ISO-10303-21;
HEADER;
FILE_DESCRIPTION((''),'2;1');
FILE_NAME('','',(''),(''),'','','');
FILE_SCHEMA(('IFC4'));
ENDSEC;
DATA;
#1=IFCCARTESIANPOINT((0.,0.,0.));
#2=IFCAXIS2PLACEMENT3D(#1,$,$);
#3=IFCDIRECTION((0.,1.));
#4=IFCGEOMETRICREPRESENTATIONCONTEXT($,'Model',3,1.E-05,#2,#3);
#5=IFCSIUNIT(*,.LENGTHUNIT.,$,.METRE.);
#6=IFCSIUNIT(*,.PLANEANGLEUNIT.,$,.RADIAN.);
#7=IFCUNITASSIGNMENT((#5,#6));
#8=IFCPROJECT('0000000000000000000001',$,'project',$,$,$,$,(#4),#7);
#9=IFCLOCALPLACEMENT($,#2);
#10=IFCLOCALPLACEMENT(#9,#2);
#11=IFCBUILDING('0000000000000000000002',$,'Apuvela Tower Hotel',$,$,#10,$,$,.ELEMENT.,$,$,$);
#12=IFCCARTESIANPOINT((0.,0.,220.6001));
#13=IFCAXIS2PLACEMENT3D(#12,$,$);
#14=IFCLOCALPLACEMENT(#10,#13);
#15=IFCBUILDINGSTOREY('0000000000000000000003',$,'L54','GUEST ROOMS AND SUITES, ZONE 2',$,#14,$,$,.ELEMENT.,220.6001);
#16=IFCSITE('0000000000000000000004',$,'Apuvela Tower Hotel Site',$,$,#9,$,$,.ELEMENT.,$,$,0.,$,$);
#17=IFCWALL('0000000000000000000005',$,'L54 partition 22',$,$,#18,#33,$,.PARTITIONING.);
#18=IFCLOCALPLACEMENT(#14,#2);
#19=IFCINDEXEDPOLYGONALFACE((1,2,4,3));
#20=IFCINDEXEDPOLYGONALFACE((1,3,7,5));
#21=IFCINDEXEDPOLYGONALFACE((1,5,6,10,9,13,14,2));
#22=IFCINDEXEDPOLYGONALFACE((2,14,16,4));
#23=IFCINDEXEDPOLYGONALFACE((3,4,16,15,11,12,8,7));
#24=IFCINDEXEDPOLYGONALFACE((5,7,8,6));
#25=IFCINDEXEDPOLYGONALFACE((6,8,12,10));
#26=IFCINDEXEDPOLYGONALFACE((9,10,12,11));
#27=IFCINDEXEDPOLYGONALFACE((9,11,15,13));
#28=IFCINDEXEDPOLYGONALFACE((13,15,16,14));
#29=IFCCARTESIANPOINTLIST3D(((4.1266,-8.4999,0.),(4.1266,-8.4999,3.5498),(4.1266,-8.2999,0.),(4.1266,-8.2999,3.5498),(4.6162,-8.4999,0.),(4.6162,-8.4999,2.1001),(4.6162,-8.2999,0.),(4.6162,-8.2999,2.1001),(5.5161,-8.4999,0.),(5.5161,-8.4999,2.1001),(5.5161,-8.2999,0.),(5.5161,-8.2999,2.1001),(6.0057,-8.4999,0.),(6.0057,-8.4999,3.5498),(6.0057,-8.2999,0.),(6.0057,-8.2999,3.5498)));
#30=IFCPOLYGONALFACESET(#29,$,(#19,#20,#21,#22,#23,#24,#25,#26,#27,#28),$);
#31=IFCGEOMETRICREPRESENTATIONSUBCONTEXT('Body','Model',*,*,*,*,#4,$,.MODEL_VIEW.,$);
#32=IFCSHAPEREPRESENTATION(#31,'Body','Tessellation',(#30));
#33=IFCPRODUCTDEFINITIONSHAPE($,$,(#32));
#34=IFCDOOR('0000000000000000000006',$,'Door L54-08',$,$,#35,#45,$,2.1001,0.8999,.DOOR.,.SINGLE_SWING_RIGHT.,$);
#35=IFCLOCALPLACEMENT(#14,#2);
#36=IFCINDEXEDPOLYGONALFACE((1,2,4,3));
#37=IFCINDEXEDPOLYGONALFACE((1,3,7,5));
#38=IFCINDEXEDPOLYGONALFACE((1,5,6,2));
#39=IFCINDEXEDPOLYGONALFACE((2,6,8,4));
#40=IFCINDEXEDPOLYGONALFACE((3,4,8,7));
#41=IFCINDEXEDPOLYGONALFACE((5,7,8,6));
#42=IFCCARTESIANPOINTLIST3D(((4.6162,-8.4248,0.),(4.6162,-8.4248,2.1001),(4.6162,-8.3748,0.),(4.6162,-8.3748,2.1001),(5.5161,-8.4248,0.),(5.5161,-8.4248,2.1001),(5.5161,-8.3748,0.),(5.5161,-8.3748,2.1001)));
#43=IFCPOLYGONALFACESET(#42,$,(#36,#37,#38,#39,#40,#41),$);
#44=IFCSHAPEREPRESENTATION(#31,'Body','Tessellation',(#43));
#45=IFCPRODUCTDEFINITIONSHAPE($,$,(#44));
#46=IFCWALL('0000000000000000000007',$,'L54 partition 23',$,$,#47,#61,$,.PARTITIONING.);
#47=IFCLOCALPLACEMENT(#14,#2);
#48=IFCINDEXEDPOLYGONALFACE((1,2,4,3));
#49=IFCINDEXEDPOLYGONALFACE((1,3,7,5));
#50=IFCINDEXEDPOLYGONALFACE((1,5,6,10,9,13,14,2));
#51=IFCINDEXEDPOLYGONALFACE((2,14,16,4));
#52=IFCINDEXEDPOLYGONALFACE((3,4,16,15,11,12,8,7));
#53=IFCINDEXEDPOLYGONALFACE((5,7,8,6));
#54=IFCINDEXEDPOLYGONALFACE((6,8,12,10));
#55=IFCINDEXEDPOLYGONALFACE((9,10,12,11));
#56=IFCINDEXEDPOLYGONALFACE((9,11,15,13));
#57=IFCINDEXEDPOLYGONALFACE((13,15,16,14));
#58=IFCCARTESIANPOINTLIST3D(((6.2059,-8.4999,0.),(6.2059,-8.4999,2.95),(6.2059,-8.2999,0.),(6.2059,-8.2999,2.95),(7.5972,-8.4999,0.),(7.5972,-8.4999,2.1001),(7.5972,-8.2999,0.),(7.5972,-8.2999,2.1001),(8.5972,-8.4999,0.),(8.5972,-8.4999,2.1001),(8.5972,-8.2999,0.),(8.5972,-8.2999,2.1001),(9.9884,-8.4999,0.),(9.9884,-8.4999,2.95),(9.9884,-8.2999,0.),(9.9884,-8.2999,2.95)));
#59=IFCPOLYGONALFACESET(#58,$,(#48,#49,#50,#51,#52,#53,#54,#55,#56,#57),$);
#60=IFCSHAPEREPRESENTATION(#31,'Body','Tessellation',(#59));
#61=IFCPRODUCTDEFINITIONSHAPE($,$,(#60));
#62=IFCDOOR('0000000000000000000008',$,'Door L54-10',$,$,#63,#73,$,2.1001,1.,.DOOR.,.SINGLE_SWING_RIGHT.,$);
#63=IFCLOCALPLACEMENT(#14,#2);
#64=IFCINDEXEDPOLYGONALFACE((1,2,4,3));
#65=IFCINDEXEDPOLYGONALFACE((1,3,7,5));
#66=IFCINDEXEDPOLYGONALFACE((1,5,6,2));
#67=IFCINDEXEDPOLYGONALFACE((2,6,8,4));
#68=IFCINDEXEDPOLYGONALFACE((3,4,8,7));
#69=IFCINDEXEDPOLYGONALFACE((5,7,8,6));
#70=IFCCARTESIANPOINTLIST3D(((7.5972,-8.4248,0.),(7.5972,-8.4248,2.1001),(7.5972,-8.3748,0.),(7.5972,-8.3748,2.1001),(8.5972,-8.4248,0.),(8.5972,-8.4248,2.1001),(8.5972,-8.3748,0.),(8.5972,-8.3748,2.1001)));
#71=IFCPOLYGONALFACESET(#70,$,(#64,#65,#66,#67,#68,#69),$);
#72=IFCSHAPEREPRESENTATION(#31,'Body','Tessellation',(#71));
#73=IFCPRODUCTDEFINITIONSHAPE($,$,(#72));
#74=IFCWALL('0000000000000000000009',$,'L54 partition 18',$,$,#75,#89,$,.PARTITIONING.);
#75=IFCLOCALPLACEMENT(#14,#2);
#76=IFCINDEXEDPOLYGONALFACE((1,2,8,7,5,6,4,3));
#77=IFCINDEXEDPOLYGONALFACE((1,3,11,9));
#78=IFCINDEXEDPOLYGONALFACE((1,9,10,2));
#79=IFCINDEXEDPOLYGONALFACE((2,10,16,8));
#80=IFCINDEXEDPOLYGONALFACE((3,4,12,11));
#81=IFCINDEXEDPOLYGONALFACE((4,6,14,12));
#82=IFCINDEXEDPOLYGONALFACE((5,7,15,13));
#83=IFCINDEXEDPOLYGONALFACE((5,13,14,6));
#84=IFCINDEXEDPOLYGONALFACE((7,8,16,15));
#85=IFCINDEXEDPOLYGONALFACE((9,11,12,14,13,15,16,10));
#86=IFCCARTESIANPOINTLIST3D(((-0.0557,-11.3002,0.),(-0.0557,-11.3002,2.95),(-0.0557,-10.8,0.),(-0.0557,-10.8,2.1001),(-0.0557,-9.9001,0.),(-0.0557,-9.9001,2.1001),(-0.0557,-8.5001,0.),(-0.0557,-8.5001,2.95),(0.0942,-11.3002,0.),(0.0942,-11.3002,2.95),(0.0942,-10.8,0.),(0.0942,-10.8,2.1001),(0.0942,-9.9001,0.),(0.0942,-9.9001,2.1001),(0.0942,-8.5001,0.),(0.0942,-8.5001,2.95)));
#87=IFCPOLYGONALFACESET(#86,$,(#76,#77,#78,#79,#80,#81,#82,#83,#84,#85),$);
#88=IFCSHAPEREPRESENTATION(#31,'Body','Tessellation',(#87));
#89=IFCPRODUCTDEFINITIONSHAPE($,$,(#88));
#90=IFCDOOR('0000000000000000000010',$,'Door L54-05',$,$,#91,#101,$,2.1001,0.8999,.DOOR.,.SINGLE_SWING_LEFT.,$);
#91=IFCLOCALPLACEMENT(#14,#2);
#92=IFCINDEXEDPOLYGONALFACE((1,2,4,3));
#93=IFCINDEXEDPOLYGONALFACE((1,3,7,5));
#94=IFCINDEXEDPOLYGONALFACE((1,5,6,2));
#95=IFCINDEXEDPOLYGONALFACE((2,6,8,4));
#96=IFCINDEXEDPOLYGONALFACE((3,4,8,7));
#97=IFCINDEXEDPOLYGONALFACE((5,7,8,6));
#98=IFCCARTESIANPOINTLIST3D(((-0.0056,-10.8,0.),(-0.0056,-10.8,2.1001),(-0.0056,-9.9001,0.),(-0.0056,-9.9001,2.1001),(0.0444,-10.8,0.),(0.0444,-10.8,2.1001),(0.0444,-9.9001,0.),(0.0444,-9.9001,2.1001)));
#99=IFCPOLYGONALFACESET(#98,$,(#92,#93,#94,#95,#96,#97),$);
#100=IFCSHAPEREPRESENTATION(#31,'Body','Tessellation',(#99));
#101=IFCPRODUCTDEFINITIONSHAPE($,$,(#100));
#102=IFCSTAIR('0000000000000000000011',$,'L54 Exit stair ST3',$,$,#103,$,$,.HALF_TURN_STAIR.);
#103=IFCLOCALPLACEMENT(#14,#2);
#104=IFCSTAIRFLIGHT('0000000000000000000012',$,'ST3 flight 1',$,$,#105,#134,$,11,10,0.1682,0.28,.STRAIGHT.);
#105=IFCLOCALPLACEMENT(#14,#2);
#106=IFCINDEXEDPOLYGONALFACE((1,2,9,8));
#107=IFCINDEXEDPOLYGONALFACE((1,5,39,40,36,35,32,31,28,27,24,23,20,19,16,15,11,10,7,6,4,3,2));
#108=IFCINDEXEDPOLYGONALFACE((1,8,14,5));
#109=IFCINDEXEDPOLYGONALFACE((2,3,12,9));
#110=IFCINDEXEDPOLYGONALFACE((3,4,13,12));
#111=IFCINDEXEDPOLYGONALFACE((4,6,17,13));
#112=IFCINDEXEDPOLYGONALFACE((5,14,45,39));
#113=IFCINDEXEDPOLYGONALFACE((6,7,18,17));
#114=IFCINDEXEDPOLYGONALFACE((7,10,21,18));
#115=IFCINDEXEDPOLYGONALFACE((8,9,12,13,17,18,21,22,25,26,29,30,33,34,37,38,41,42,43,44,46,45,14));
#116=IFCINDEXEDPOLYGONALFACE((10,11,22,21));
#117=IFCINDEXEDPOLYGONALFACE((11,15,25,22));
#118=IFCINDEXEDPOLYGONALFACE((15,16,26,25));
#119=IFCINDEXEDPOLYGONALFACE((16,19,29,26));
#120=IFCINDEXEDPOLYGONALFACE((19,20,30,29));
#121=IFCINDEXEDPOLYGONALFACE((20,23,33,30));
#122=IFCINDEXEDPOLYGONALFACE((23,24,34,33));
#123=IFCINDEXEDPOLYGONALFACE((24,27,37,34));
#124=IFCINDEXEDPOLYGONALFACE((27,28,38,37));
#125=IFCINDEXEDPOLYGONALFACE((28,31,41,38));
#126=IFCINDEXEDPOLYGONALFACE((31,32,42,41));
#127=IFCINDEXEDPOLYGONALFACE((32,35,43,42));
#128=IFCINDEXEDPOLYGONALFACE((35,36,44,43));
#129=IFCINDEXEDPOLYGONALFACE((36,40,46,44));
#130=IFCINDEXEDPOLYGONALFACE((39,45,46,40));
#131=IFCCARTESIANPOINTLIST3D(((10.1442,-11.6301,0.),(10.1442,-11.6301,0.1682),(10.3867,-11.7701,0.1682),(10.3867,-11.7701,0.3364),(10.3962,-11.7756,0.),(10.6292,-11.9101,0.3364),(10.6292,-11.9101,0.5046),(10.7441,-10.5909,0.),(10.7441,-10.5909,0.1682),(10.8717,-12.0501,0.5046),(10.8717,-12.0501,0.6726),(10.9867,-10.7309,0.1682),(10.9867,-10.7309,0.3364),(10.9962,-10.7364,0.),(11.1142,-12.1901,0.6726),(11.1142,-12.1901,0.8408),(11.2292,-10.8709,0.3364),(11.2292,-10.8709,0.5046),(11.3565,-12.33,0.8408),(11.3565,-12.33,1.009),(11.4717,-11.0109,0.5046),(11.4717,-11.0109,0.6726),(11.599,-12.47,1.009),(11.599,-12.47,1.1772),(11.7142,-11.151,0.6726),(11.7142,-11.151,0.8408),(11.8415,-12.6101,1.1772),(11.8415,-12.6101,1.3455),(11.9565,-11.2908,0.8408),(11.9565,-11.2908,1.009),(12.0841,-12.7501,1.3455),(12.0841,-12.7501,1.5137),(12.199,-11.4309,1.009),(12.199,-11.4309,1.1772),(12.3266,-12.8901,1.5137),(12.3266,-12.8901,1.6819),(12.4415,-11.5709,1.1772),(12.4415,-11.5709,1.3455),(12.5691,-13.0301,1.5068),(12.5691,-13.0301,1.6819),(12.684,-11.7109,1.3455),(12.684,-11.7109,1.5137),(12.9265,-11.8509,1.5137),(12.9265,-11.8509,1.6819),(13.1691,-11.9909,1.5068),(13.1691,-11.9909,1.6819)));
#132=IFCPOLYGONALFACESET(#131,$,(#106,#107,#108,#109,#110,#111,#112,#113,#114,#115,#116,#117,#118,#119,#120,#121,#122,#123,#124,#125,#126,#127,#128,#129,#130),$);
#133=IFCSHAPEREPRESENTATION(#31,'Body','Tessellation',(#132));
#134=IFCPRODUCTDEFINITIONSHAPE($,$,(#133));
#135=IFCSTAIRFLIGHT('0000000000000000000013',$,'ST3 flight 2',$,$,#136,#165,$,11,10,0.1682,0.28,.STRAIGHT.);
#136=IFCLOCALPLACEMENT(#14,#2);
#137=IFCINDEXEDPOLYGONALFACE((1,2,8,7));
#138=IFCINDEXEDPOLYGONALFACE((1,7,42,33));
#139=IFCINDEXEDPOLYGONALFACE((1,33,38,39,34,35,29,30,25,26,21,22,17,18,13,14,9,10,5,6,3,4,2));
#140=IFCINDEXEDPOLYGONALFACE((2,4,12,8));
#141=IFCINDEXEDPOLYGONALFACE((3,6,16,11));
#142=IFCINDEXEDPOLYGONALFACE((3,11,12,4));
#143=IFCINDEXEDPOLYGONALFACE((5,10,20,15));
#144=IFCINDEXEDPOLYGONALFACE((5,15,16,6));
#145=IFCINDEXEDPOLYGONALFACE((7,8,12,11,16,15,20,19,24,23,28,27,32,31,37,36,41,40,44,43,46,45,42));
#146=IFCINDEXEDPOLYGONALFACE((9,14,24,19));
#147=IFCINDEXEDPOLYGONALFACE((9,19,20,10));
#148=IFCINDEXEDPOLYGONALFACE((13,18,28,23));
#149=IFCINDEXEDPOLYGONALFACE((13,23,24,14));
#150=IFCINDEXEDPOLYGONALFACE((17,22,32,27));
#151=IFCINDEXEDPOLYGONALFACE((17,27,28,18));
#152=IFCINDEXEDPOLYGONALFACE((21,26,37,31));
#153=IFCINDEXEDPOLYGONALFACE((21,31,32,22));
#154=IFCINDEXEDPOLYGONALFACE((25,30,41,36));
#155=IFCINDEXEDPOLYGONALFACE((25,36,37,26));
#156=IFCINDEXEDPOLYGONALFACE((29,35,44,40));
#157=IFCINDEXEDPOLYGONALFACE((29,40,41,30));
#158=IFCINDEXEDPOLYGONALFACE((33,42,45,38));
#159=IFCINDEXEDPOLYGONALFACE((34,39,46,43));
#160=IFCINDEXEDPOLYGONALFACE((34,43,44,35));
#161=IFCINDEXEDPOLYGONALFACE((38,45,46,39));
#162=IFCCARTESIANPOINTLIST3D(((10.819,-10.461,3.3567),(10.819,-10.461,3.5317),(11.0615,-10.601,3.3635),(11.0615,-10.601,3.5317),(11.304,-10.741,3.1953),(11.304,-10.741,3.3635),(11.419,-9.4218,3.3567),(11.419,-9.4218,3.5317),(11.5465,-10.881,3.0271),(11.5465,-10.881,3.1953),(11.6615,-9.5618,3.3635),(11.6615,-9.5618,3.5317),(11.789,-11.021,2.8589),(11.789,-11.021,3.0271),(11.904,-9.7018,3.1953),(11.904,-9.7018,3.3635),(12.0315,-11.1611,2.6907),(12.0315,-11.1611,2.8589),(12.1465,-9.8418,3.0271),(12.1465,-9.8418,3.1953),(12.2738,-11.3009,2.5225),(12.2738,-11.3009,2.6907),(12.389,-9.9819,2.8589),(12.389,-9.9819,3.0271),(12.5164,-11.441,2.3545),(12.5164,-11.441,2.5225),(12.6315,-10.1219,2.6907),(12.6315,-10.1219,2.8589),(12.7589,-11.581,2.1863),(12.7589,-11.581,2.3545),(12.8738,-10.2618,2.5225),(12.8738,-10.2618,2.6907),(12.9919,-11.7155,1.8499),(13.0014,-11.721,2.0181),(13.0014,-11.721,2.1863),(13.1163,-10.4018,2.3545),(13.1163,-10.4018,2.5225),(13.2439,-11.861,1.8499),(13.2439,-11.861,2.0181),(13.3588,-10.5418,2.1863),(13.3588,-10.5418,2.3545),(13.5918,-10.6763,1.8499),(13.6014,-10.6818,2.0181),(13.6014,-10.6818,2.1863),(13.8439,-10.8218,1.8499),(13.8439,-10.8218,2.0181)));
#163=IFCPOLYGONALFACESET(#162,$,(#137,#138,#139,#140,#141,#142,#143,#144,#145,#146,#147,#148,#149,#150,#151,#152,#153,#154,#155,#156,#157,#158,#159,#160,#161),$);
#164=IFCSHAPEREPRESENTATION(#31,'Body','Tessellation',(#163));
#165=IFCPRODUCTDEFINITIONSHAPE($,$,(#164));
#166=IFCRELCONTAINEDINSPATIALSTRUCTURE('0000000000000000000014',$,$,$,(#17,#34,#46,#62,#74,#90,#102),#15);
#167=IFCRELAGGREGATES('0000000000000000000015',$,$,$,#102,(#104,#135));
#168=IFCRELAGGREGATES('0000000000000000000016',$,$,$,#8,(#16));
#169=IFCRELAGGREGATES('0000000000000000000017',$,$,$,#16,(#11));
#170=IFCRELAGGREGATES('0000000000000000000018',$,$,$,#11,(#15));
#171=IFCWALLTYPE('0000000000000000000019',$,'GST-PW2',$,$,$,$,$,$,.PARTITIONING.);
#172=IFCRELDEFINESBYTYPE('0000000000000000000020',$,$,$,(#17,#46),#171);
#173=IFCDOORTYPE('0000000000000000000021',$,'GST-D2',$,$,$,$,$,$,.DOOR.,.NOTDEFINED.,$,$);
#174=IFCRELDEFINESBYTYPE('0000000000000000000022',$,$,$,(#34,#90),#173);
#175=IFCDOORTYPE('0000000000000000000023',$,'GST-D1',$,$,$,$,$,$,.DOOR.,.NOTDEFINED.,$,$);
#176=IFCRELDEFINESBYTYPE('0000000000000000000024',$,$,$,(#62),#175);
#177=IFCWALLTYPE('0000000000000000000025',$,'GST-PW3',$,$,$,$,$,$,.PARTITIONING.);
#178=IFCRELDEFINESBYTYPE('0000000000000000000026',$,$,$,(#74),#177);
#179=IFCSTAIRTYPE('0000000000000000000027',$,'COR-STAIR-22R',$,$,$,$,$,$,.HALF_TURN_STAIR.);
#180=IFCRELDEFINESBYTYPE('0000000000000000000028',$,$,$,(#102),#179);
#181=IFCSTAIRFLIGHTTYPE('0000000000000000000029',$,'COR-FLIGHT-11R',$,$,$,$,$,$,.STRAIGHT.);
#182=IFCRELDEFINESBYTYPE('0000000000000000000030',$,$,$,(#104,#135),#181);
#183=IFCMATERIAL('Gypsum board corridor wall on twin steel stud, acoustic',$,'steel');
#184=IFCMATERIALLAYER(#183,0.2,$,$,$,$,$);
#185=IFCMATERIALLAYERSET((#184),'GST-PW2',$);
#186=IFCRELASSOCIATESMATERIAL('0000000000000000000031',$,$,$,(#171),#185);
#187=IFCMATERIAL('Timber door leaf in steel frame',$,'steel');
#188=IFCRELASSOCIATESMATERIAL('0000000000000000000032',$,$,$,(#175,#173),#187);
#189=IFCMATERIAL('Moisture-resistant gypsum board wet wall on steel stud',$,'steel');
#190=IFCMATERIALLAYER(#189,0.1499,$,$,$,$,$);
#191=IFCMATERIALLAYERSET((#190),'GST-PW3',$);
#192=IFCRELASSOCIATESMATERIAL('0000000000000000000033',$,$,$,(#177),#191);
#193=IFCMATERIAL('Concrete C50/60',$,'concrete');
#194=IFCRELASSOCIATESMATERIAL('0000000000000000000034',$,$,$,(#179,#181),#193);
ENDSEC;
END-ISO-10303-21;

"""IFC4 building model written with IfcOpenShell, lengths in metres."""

from ifc_helpers import new_model, si_unit, direction, frame, frame_2d, origin, place, context, subcontext, project, spatial, polyline, rectangle, outline, extrude, material, layer, layer_set, type_object, element, fill, aggregate, save


model = new_model("IFC4")

# Units and contexts
model_context = context("Model", 3, precision=1e-05, world=origin(), true_north=direction((0.0, 1.0)))
body_context = subcontext(model_context, "Body", "Model", "MODEL_VIEW")
ifc_project = project(units=[si_unit("LENGTHUNIT", "METRE"), si_unit("PLANEANGLEUNIT", "RADIAN")], contexts=[model_context])

# Site, building, storey
site_placement = place(None, origin())
site = spatial("IfcSite", under=ifc_project, at=site_placement, Name="Apuvela Tower Hotel Site", CompositionType="ELEMENT", RefElevation=0.0)
building_placement = place(site_placement, origin())
building = spatial("IfcBuilding", under=site, at=building_placement, Name="Apuvela Tower Hotel", CompositionType="ELEMENT")
storey_placement = place(building_placement, frame((0.0, 0.0, 220.6001)))
storey = spatial("IfcBuildingStorey", under=building, at=storey_placement, Name="L54", Description="GUEST ROOMS AND SUITES, ZONE 2", CompositionType="ELEMENT", Elevation=220.6001)

# Shared definitions
ifc_material_1 = material(Name="Concrete C50/60", Category="concrete")

# Walls, openings, doors
ifc_material_2 = material(Name="Gypsum board corridor wall on twin steel stud, acoustic", Category="steel")
ifc_layer_1 = layer(ifc_material_2, 0.2)
ifc_layer_set_1 = layer_set([ifc_layer_1], Name="GST-PW2")
wall_type_1 = type_object("IfcWallType", Name="GST-PW2", PredefinedType="PARTITIONING", material=ifc_layer_set_1)
ifc_material_3 = material(Name="Timber door leaf in steel frame", Category="steel")
door_type_1 = type_object("IfcDoorType", Name="GST-D1", OperationType="NOTDEFINED", PredefinedType="DOOR", material=ifc_material_3)
door_type_2 = type_object("IfcDoorType", Name="GST-D2", OperationType="NOTDEFINED", PredefinedType="DOOR", material=ifc_material_3)
wall_1_placement = place(storey_placement, frame((6.0056, -8.3999, 0.0), z_axis=(0.0, 0.0, 1.0), x_axis=(-1.0, 0.0, 0.0)))
wall_1 = element("IfcWall", 1, at=wall_1_placement, inside=storey, type_object=wall_type_1, Name="L54 partition 22", PredefinedType="PARTITIONING", context=body_context, shape_type="SweptSolid", body=[
    extrude(rectangle(XDim=1.8792, YDim=0.2, at=frame_2d((0.9395, 0.0))), origin(), (0.0, 0.0, 1.0), 3.5498),
])
opening_1_placement = place(wall_1_placement, frame((0.4895, 0.0, 0.0)))
opening_1 = element("IfcOpeningElement", 2, at=opening_1_placement, cuts=wall_1, PredefinedType="OPENING", context=body_context, shape_type="SweptSolid", body=[
    extrude(rectangle(XDim=0.8999, YDim=2.1001, at=frame_2d((0.45, 1.05))), frame((0.0, 0.1099, 0.0), z_axis=(0.0, -1.0, 0.0), x_axis=(1.0, 0.0, 0.0)), (0.0, 0.0, 1.0), 0.22),
])
door_1_placement = place(opening_1_placement, origin())
door_1 = element("IfcDoor", 3, at=door_1_placement, inside=storey, type_object=door_type_2, Name="Door L54-08", OperationType="SINGLE_SWING_RIGHT", OverallHeight=2.1001, OverallWidth=0.8999, PredefinedType="DOOR", context=body_context, shape_type="SweptSolid", body=[
    extrude(rectangle(XDim=0.8999, YDim=2.1001, at=frame_2d((0.45, 1.05))), frame((0.0, 0.0249, 0.0), z_axis=(0.0, -1.0, 0.0), x_axis=(1.0, 0.0, 0.0)), (0.0, 0.0, 1.0), 0.05),
])
fill(opening_1, door_1)
wall_2_placement = place(storey_placement, frame((9.9883, -8.3999, 0.0), z_axis=(0.0, 0.0, 1.0), x_axis=(-1.0, 0.0, 0.0)))
wall_2 = element("IfcWall", 4, at=wall_2_placement, inside=storey, type_object=wall_type_1, Name="L54 partition 23", PredefinedType="PARTITIONING", context=body_context, shape_type="SweptSolid", body=[
    extrude(rectangle(XDim=3.7825, YDim=0.2, at=frame_2d((1.8911, 0.0))), origin(), (0.0, 0.0, 1.0), 2.95),
])
opening_2_placement = place(wall_2_placement, frame((1.3911, 0.0, 0.0)))
opening_2 = element("IfcOpeningElement", 5, at=opening_2_placement, cuts=wall_2, PredefinedType="OPENING", context=body_context, shape_type="SweptSolid", body=[
    extrude(rectangle(XDim=1.0, YDim=2.1001, at=frame_2d((0.5, 1.05))), frame((0.0, 0.1099, 0.0), z_axis=(0.0, -1.0, 0.0), x_axis=(1.0, 0.0, 0.0)), (0.0, 0.0, 1.0), 0.22),
])
door_2_placement = place(opening_2_placement, origin())
door_2 = element("IfcDoor", 6, at=door_2_placement, inside=storey, type_object=door_type_1, Name="Door L54-10", OperationType="SINGLE_SWING_RIGHT", OverallHeight=2.1001, OverallWidth=1.0, PredefinedType="DOOR", context=body_context, shape_type="SweptSolid", body=[
    extrude(rectangle(XDim=1.0, YDim=2.1001, at=frame_2d((0.5, 1.05))), frame((0.0, 0.0249, 0.0), z_axis=(0.0, -1.0, 0.0), x_axis=(1.0, 0.0, 0.0)), (0.0, 0.0, 1.0), 0.05),
])
fill(opening_2, door_2)
ifc_material_4 = material(Name="Moisture-resistant gypsum board wet wall on steel stud", Category="steel")
ifc_layer_2 = layer(ifc_material_4, 0.1499)
ifc_layer_set_2 = layer_set([ifc_layer_2], Name="GST-PW3")
wall_type_2 = type_object("IfcWallType", Name="GST-PW3", PredefinedType="PARTITIONING", material=ifc_layer_set_2)
wall_3_placement = place(storey_placement, frame((0.0193, -11.3, 0.0), z_axis=(0.0, 0.0, 1.0), x_axis=(0.0, 1.0, 0.0)))
wall_3 = element("IfcWall", 7, at=wall_3_placement, inside=storey, type_object=wall_type_2, Name="L54 partition 18", PredefinedType="PARTITIONING", context=body_context, shape_type="SweptSolid", body=[
    extrude(rectangle(XDim=2.8, YDim=0.1499, at=frame_2d((1.3999, 0.0))), origin(), (0.0, 0.0, 1.0), 2.95),
])
opening_3_placement = place(wall_3_placement, frame((0.5, 0.0, 0.0)))
opening_3 = element("IfcOpeningElement", 8, at=opening_3_placement, cuts=wall_3, PredefinedType="OPENING", context=body_context, shape_type="SweptSolid", body=[
    extrude(rectangle(XDim=0.8999, YDim=2.1001, at=frame_2d((0.45, 1.05))), frame((0.0, 0.085, 0.0), z_axis=(0.0, -1.0, 0.0), x_axis=(1.0, 0.0, 0.0)), (0.0, 0.0, 1.0), 0.1699),
])
door_3_placement = place(opening_3_placement, origin())
door_3 = element("IfcDoor", 9, at=door_3_placement, inside=storey, type_object=door_type_2, Name="Door L54-05", OperationType="SINGLE_SWING_LEFT", OverallHeight=2.1001, OverallWidth=0.8999, PredefinedType="DOOR", context=body_context, shape_type="SweptSolid", body=[
    extrude(rectangle(XDim=0.8999, YDim=2.1001, at=frame_2d((0.45, 1.05))), frame((0.0, 0.0249, 0.0), z_axis=(0.0, -1.0, 0.0), x_axis=(1.0, 0.0, 0.0)), (0.0, 0.0, 1.0), 0.05),
])
fill(opening_3, door_3)

# Stair, stair flights
stair_type = type_object("IfcStairType", Name="COR-STAIR-22R", PredefinedType="HALF_TURN_STAIR", material=ifc_material_1)
stair_placement = place(storey_placement, origin())
stair = element("IfcStair", 10, at=stair_placement, inside=storey, type_object=stair_type, Name="L54 Exit stair ST3", PredefinedType="HALF_TURN_STAIR")
stair_flight_type = type_object("IfcStairFlightType", Name="COR-FLIGHT-11R", PredefinedType="STRAIGHT", material=ifc_material_1)
stair_flight_1_placement = place(storey_placement, frame((10.4441, -11.1106, 0.0), z_axis=(0.0, 0.0, 1.0), x_axis=(0.866025, -0.5, 0.0)))
stair_flight_1 = element("IfcStairFlight", 11, at=stair_flight_1_placement, type_object=stair_flight_type, Name="ST3 flight 1", NumberOfRisers=11, NumberOfTreads=10, PredefinedType="STRAIGHT", RiserHeight=0.1682, TreadLength=0.28, context=body_context, shape_type="SweptSolid", body=[
    extrude(outline(polyline([(0.0, 0.0), (0.0, 0.1682), (0.28, 0.1682), (0.28, 0.3364), (0.5601, 0.3364), (0.5601, 0.5046), (0.8401, 0.5046), (0.8401, 0.6726), (1.1201, 0.6726), (1.1201, 0.8408), (1.3999, 0.8408), (1.3999, 1.009), (1.6799, 1.009), (1.6799, 1.1772), (1.96, 1.1772), (1.96, 1.3455), (2.24, 1.3455), (2.24, 1.5137), (2.52, 1.5137), (2.52, 1.6819), (2.8, 1.6819), (2.8, 1.8501), (2.8, 1.5068), (0.291, 0.0), (0.0, 0.0)])), frame((0.0, 0.6001, 0.0), z_axis=(0.0, -1.0, 0.0), x_axis=(1.0, 0.0, 0.0)), (0.0, 0.0, 1.0), 1.2),
])
stair_flight_2_placement = place(storey_placement, frame((13.5439, -11.3413, 1.8499), z_axis=(0.0, 0.0, 1.0), x_axis=(-0.866025, 0.5, 0.0)))
stair_flight_2 = element("IfcStairFlight", 12, at=stair_flight_2_placement, type_object=stair_flight_type, Name="ST3 flight 2", NumberOfRisers=11, NumberOfTreads=10, PredefinedType="STRAIGHT", RiserHeight=0.1682, TreadLength=0.28, context=body_context, shape_type="SweptSolid", body=[
    extrude(outline(polyline([(0.0, 0.0), (0.0, 0.1682), (0.28, 0.1682), (0.28, 0.3364), (0.5601, 0.3364), (0.5601, 0.5046), (0.8401, 0.5046), (0.8401, 0.6726), (1.1201, 0.6726), (1.1201, 0.8408), (1.3999, 0.8408), (1.3999, 1.009), (1.6799, 1.009), (1.6799, 1.1772), (1.96, 1.1772), (1.96, 1.3455), (2.24, 1.3455), (2.24, 1.5137), (2.52, 1.5137), (2.52, 1.6819), (2.8, 1.6819), (2.8, 1.8501), (2.8, 1.5068), (0.291, 0.0), (0.0, 0.0)])), frame((0.0, 0.6001, 0.0), z_axis=(0.0, -1.0, 0.0), x_axis=(1.0, 0.0, 0.0)), (0.0, 0.0, 1.0), 1.2),
])
aggregate(stair, [stair_flight_1, stair_flight_2])

save(model, "model.ifc")
